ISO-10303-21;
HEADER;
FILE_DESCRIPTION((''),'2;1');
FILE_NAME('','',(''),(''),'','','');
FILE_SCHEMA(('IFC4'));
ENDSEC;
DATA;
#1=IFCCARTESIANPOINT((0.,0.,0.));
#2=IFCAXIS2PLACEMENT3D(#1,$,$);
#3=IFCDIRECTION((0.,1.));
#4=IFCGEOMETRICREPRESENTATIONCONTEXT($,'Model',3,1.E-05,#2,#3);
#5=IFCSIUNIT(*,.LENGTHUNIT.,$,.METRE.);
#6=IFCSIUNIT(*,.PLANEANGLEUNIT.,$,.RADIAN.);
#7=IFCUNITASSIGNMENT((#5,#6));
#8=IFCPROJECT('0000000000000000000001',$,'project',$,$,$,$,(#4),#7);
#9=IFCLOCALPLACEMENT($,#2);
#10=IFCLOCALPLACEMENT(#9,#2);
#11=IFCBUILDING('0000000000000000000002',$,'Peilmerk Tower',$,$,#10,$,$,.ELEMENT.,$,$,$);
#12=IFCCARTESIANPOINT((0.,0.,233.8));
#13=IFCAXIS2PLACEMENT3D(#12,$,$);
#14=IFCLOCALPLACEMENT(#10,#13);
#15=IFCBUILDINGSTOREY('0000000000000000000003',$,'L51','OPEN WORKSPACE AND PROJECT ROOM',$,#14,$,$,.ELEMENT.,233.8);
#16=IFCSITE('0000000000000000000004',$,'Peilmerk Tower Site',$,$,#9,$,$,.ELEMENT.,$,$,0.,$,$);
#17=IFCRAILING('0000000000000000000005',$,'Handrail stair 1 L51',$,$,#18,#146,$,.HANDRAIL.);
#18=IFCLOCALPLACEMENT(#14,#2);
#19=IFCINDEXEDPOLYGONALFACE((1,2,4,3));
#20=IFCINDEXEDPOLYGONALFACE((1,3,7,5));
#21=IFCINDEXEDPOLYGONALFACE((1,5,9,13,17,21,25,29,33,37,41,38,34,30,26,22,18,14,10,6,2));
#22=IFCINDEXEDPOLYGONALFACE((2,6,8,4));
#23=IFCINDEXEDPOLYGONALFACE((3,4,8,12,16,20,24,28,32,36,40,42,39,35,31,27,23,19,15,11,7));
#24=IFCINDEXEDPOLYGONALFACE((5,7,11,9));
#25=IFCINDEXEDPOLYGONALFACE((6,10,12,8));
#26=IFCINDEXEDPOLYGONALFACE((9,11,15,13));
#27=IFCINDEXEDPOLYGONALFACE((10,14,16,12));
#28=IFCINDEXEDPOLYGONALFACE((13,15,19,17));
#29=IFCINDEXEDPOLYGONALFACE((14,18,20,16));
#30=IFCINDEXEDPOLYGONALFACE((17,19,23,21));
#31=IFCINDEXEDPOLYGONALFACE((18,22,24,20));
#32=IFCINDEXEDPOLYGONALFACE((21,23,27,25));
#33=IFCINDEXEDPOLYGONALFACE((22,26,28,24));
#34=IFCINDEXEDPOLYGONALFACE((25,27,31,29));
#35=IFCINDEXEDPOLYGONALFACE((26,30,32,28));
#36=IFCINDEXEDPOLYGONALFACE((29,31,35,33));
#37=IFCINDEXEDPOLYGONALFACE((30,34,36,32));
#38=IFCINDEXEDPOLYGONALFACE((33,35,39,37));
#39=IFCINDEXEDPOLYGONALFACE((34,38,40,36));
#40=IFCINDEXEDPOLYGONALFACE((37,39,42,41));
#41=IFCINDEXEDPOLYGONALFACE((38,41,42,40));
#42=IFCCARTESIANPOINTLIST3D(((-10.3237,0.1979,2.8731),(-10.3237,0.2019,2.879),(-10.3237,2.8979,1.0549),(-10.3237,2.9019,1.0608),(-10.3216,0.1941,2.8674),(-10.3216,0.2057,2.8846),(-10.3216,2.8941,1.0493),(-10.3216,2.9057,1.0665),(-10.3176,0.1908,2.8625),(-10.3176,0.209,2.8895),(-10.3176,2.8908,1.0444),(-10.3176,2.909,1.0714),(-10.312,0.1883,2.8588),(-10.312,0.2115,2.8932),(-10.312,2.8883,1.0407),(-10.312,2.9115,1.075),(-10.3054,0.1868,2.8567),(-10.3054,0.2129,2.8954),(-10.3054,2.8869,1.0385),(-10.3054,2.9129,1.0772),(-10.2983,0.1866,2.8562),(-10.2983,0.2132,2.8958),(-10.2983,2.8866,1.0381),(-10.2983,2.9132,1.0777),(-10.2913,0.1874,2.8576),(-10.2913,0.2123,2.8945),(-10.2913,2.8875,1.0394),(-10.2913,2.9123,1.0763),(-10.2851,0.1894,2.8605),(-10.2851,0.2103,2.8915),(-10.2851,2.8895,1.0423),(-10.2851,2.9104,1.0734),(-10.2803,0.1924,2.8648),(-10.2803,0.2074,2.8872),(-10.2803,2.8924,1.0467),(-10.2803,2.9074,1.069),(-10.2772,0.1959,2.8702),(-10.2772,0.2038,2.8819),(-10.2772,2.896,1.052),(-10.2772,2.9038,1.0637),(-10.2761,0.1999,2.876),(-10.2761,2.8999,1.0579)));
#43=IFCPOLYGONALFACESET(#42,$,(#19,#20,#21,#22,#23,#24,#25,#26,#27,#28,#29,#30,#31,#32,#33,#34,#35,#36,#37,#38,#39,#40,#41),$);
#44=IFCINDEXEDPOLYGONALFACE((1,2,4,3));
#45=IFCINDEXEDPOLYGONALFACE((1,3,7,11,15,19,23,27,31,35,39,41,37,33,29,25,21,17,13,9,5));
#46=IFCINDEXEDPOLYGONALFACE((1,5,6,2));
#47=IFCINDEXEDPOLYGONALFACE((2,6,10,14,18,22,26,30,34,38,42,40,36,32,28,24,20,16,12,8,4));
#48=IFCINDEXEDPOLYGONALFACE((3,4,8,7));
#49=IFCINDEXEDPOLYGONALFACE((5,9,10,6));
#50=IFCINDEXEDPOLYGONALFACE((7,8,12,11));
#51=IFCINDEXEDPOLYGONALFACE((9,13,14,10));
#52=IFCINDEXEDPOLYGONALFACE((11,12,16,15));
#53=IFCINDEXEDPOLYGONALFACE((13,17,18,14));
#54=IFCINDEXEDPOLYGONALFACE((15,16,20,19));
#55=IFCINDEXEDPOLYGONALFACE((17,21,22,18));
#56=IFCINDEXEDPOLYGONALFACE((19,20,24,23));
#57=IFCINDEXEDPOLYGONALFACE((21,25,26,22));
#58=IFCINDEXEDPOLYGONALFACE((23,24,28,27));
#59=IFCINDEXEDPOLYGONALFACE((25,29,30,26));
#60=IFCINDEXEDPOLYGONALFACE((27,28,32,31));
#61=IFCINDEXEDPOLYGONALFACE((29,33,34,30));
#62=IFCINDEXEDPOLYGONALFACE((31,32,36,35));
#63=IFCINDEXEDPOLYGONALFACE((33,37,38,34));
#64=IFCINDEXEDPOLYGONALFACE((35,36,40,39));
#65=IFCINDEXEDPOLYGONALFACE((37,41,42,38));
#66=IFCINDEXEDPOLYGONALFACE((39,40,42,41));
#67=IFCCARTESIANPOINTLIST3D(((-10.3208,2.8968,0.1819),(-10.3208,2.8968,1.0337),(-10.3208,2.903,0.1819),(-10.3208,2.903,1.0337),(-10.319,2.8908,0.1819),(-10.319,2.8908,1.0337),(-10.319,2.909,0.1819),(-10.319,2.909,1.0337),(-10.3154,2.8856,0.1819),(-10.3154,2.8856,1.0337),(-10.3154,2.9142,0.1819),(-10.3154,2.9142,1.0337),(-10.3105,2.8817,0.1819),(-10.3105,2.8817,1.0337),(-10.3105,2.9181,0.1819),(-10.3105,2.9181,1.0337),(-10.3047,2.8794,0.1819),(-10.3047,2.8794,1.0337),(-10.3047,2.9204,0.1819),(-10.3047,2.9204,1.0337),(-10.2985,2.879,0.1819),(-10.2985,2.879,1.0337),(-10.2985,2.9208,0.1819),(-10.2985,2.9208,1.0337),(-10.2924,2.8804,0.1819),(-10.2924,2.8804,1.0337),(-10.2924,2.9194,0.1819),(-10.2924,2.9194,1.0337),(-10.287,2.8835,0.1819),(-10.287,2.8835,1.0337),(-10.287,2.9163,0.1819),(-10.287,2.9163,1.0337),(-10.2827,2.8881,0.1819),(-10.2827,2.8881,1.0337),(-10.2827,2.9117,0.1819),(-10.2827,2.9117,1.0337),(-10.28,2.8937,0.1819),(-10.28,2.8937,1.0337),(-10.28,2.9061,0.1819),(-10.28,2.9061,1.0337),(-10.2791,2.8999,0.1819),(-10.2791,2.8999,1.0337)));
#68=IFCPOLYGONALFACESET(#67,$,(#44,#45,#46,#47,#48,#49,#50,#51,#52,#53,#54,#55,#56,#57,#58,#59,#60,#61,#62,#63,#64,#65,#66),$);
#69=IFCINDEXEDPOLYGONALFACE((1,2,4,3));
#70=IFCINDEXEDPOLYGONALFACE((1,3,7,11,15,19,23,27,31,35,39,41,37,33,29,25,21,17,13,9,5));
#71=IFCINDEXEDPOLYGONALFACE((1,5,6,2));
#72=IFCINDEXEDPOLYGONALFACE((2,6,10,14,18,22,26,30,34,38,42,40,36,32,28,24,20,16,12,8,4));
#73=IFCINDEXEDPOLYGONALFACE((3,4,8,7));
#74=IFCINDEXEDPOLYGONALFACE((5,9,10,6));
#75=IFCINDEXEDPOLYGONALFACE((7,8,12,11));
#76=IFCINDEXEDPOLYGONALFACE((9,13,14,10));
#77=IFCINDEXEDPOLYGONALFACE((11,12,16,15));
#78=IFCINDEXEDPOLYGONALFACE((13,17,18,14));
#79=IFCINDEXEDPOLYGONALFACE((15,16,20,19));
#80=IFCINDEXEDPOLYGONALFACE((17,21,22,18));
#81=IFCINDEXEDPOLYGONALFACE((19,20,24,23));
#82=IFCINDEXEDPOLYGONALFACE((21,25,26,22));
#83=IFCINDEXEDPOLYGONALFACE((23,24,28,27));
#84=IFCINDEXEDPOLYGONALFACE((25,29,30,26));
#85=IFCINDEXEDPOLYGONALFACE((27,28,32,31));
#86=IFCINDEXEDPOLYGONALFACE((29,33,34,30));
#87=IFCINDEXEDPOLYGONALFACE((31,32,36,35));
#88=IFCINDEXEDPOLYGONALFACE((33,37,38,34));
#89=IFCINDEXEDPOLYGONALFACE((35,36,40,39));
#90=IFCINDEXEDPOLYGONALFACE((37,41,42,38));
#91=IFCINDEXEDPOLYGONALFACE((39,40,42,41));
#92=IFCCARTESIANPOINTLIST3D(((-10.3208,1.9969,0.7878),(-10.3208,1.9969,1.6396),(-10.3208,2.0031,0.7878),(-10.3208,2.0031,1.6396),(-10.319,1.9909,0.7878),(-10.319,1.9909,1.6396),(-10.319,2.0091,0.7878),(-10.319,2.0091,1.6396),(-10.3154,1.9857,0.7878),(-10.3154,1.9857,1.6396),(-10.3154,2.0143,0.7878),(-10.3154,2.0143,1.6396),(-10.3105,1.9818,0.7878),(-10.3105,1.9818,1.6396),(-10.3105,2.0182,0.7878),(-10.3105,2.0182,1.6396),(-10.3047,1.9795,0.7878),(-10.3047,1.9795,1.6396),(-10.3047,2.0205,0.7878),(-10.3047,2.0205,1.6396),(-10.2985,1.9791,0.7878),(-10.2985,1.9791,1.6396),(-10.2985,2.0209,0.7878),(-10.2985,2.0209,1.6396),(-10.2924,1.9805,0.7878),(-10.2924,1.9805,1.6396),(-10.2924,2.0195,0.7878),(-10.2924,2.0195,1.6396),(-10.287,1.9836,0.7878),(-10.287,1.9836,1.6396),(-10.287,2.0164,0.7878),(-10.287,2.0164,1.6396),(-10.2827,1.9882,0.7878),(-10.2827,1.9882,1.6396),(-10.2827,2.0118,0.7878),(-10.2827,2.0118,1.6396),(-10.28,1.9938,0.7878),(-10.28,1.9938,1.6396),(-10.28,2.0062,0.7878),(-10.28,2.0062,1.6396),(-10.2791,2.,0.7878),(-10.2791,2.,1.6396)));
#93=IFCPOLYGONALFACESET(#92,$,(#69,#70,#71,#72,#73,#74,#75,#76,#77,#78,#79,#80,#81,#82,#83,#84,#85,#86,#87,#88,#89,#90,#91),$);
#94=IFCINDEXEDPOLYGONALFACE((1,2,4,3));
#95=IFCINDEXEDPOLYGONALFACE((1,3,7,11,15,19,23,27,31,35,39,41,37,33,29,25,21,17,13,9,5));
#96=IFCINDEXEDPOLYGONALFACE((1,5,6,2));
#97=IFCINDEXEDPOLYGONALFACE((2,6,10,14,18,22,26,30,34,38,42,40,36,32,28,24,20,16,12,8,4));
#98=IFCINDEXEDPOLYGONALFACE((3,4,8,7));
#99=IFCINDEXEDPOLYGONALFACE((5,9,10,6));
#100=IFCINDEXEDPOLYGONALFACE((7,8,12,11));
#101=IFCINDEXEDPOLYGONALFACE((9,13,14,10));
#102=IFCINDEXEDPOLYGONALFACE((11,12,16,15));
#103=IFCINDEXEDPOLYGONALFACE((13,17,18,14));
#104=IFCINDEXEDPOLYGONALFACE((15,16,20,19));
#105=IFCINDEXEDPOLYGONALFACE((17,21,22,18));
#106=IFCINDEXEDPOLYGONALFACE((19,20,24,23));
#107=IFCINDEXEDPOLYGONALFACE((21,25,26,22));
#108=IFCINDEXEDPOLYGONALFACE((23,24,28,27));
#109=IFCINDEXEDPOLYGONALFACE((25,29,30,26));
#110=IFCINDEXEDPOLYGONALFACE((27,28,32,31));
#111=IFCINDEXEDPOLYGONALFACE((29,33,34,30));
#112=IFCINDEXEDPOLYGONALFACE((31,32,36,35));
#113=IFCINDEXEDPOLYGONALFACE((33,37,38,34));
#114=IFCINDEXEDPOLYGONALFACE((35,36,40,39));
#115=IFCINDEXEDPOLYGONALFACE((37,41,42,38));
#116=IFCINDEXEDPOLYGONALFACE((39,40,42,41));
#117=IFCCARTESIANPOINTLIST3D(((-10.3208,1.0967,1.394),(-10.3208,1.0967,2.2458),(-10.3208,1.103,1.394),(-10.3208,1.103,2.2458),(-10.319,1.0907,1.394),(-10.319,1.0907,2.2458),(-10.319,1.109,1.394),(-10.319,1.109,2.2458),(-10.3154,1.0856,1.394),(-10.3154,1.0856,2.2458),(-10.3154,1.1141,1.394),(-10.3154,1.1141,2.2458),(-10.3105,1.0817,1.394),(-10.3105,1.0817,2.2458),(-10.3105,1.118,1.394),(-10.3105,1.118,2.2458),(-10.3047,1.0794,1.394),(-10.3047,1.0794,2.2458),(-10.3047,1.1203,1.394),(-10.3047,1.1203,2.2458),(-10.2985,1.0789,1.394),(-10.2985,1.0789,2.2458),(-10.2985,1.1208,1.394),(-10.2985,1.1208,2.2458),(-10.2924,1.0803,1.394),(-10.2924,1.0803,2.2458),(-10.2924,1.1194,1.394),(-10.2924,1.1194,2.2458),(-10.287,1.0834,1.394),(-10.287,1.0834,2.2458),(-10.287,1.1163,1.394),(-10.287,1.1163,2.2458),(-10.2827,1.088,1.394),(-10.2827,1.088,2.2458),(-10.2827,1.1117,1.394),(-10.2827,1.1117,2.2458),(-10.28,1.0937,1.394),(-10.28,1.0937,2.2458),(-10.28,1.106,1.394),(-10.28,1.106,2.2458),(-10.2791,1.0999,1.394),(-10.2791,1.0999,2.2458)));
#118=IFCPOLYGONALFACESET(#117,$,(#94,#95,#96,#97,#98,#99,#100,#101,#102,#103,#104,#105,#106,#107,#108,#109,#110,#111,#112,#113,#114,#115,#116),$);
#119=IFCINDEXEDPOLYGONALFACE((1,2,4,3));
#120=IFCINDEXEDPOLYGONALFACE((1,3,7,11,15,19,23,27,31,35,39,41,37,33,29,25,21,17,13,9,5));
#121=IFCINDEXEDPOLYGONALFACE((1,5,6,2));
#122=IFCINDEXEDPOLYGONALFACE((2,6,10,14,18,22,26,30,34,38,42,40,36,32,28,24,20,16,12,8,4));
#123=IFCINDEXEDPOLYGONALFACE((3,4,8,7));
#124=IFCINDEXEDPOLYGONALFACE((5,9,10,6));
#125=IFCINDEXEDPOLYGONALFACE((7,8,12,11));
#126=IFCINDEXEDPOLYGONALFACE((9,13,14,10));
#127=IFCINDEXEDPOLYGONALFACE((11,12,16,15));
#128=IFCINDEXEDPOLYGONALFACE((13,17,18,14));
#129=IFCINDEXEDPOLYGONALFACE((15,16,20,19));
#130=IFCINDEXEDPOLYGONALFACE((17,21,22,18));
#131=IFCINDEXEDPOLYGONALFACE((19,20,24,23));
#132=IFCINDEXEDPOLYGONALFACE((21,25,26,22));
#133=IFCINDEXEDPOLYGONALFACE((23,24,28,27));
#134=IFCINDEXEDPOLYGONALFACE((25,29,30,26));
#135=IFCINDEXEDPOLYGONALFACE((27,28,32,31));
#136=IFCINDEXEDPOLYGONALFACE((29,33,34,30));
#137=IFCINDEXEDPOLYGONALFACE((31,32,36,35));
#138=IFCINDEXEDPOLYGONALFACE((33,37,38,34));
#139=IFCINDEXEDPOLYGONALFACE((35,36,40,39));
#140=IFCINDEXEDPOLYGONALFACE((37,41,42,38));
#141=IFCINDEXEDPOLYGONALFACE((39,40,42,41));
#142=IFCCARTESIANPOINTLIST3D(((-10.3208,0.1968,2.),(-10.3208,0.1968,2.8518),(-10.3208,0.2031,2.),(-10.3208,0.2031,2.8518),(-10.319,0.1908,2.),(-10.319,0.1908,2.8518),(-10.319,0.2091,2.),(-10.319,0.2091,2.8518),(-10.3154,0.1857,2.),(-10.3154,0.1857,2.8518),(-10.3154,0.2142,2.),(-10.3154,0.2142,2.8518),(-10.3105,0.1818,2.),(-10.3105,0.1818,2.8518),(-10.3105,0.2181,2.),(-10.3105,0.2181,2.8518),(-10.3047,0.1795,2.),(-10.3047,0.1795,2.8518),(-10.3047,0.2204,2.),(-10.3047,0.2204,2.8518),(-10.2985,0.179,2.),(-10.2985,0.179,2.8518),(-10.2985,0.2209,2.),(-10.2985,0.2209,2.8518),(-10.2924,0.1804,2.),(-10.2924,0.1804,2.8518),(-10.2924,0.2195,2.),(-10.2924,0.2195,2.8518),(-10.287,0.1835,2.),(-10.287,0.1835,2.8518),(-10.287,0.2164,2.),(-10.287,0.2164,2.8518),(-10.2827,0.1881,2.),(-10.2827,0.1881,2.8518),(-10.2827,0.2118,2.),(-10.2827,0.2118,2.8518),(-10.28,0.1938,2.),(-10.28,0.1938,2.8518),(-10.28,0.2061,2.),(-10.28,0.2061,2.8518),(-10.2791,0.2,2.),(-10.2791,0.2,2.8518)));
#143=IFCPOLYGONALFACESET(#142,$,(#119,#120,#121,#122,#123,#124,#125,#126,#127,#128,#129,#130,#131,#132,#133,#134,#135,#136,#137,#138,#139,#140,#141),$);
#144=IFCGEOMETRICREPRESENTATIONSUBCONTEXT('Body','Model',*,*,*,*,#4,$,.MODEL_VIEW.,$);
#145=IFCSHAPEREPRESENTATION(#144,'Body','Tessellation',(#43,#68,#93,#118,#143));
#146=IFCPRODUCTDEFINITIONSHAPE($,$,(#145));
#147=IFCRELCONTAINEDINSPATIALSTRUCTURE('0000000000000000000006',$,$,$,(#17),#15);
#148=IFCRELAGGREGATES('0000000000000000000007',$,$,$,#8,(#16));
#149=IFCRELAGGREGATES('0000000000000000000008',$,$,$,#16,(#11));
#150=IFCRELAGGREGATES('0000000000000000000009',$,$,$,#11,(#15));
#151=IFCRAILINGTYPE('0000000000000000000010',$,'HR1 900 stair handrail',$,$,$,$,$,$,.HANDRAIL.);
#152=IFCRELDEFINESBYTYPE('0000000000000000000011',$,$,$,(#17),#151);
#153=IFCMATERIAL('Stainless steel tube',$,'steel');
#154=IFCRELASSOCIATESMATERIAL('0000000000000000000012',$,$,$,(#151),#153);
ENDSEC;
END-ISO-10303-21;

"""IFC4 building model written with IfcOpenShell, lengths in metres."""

from ifc_helpers import new_model, si_unit, direction, frame, origin, origin_2d, place, context, subcontext, project, spatial, circle, extrude, material, type_object, element, save


model = new_model("IFC4")

# Units and contexts
model_context = context("Model", 3, precision=1e-05, world=origin(), true_north=direction((0.0, 1.0)))
body_context = subcontext(model_context, "Body", "Model", "MODEL_VIEW")
ifc_project = project(units=[si_unit("LENGTHUNIT", "METRE"), si_unit("PLANEANGLEUNIT", "RADIAN")], contexts=[model_context])

# Site, building, storey
site_placement = place(None, origin())
site = spatial("IfcSite", under=ifc_project, at=site_placement, Name="Peilmerk Tower Site", CompositionType="ELEMENT", RefElevation=0.0)
building_placement = place(site_placement, origin())
building = spatial("IfcBuilding", under=site, at=building_placement, Name="Peilmerk Tower", CompositionType="ELEMENT")
storey_placement = place(building_placement, frame((0.0, 0.0, 233.8)))
storey = spatial("IfcBuildingStorey", under=building, at=storey_placement, Name="L51", Description="OPEN WORKSPACE AND PROJECT ROOM", CompositionType="ELEMENT", Elevation=233.8)

# Railing
ifc_material_1 = material(Name="Stainless steel tube", Category="steel")
railing_type_1 = type_object("IfcRailingType", Name="HR1 900 stair handrail", PredefinedType="HANDRAIL", material=ifc_material_1)
railing_1_placement = place(storey_placement, frame((-10.3, 2.8999, 0.1819)))
element("IfcRailing", 1, at=railing_1_placement, inside=storey, type_object=railing_type_1, Name="Handrail stair 1 L51", PredefinedType="HANDRAIL", context=body_context, shape_type="SweptSolid", body=[
    extrude(circle(Radius=0.0239, at=origin_2d()), frame((0.0, 0.0, 0.876), z_axis=(0.0, -0.829468, 0.558554), x_axis=(1.0, 0.0, 0.0)), (0.0, 0.0, 1.0), 3.2551),
    extrude(circle(Radius=0.021, at=origin_2d()), origin(), (0.0, 0.0, 1.0), 0.8518),
    extrude(circle(Radius=0.021, at=origin_2d()), frame((0.0, -0.8999, 0.606)), (0.0, 0.0, 1.0), 0.8518),
    extrude(circle(Radius=0.021, at=origin_2d()), frame((0.0, -1.8, 1.2122)), (0.0, 0.0, 1.0), 0.8518),
    extrude(circle(Radius=0.021, at=origin_2d()), frame((0.0, -2.7, 1.8181)), (0.0, 0.0, 1.0), 0.8518),
])

save(model, "model.ifc")
